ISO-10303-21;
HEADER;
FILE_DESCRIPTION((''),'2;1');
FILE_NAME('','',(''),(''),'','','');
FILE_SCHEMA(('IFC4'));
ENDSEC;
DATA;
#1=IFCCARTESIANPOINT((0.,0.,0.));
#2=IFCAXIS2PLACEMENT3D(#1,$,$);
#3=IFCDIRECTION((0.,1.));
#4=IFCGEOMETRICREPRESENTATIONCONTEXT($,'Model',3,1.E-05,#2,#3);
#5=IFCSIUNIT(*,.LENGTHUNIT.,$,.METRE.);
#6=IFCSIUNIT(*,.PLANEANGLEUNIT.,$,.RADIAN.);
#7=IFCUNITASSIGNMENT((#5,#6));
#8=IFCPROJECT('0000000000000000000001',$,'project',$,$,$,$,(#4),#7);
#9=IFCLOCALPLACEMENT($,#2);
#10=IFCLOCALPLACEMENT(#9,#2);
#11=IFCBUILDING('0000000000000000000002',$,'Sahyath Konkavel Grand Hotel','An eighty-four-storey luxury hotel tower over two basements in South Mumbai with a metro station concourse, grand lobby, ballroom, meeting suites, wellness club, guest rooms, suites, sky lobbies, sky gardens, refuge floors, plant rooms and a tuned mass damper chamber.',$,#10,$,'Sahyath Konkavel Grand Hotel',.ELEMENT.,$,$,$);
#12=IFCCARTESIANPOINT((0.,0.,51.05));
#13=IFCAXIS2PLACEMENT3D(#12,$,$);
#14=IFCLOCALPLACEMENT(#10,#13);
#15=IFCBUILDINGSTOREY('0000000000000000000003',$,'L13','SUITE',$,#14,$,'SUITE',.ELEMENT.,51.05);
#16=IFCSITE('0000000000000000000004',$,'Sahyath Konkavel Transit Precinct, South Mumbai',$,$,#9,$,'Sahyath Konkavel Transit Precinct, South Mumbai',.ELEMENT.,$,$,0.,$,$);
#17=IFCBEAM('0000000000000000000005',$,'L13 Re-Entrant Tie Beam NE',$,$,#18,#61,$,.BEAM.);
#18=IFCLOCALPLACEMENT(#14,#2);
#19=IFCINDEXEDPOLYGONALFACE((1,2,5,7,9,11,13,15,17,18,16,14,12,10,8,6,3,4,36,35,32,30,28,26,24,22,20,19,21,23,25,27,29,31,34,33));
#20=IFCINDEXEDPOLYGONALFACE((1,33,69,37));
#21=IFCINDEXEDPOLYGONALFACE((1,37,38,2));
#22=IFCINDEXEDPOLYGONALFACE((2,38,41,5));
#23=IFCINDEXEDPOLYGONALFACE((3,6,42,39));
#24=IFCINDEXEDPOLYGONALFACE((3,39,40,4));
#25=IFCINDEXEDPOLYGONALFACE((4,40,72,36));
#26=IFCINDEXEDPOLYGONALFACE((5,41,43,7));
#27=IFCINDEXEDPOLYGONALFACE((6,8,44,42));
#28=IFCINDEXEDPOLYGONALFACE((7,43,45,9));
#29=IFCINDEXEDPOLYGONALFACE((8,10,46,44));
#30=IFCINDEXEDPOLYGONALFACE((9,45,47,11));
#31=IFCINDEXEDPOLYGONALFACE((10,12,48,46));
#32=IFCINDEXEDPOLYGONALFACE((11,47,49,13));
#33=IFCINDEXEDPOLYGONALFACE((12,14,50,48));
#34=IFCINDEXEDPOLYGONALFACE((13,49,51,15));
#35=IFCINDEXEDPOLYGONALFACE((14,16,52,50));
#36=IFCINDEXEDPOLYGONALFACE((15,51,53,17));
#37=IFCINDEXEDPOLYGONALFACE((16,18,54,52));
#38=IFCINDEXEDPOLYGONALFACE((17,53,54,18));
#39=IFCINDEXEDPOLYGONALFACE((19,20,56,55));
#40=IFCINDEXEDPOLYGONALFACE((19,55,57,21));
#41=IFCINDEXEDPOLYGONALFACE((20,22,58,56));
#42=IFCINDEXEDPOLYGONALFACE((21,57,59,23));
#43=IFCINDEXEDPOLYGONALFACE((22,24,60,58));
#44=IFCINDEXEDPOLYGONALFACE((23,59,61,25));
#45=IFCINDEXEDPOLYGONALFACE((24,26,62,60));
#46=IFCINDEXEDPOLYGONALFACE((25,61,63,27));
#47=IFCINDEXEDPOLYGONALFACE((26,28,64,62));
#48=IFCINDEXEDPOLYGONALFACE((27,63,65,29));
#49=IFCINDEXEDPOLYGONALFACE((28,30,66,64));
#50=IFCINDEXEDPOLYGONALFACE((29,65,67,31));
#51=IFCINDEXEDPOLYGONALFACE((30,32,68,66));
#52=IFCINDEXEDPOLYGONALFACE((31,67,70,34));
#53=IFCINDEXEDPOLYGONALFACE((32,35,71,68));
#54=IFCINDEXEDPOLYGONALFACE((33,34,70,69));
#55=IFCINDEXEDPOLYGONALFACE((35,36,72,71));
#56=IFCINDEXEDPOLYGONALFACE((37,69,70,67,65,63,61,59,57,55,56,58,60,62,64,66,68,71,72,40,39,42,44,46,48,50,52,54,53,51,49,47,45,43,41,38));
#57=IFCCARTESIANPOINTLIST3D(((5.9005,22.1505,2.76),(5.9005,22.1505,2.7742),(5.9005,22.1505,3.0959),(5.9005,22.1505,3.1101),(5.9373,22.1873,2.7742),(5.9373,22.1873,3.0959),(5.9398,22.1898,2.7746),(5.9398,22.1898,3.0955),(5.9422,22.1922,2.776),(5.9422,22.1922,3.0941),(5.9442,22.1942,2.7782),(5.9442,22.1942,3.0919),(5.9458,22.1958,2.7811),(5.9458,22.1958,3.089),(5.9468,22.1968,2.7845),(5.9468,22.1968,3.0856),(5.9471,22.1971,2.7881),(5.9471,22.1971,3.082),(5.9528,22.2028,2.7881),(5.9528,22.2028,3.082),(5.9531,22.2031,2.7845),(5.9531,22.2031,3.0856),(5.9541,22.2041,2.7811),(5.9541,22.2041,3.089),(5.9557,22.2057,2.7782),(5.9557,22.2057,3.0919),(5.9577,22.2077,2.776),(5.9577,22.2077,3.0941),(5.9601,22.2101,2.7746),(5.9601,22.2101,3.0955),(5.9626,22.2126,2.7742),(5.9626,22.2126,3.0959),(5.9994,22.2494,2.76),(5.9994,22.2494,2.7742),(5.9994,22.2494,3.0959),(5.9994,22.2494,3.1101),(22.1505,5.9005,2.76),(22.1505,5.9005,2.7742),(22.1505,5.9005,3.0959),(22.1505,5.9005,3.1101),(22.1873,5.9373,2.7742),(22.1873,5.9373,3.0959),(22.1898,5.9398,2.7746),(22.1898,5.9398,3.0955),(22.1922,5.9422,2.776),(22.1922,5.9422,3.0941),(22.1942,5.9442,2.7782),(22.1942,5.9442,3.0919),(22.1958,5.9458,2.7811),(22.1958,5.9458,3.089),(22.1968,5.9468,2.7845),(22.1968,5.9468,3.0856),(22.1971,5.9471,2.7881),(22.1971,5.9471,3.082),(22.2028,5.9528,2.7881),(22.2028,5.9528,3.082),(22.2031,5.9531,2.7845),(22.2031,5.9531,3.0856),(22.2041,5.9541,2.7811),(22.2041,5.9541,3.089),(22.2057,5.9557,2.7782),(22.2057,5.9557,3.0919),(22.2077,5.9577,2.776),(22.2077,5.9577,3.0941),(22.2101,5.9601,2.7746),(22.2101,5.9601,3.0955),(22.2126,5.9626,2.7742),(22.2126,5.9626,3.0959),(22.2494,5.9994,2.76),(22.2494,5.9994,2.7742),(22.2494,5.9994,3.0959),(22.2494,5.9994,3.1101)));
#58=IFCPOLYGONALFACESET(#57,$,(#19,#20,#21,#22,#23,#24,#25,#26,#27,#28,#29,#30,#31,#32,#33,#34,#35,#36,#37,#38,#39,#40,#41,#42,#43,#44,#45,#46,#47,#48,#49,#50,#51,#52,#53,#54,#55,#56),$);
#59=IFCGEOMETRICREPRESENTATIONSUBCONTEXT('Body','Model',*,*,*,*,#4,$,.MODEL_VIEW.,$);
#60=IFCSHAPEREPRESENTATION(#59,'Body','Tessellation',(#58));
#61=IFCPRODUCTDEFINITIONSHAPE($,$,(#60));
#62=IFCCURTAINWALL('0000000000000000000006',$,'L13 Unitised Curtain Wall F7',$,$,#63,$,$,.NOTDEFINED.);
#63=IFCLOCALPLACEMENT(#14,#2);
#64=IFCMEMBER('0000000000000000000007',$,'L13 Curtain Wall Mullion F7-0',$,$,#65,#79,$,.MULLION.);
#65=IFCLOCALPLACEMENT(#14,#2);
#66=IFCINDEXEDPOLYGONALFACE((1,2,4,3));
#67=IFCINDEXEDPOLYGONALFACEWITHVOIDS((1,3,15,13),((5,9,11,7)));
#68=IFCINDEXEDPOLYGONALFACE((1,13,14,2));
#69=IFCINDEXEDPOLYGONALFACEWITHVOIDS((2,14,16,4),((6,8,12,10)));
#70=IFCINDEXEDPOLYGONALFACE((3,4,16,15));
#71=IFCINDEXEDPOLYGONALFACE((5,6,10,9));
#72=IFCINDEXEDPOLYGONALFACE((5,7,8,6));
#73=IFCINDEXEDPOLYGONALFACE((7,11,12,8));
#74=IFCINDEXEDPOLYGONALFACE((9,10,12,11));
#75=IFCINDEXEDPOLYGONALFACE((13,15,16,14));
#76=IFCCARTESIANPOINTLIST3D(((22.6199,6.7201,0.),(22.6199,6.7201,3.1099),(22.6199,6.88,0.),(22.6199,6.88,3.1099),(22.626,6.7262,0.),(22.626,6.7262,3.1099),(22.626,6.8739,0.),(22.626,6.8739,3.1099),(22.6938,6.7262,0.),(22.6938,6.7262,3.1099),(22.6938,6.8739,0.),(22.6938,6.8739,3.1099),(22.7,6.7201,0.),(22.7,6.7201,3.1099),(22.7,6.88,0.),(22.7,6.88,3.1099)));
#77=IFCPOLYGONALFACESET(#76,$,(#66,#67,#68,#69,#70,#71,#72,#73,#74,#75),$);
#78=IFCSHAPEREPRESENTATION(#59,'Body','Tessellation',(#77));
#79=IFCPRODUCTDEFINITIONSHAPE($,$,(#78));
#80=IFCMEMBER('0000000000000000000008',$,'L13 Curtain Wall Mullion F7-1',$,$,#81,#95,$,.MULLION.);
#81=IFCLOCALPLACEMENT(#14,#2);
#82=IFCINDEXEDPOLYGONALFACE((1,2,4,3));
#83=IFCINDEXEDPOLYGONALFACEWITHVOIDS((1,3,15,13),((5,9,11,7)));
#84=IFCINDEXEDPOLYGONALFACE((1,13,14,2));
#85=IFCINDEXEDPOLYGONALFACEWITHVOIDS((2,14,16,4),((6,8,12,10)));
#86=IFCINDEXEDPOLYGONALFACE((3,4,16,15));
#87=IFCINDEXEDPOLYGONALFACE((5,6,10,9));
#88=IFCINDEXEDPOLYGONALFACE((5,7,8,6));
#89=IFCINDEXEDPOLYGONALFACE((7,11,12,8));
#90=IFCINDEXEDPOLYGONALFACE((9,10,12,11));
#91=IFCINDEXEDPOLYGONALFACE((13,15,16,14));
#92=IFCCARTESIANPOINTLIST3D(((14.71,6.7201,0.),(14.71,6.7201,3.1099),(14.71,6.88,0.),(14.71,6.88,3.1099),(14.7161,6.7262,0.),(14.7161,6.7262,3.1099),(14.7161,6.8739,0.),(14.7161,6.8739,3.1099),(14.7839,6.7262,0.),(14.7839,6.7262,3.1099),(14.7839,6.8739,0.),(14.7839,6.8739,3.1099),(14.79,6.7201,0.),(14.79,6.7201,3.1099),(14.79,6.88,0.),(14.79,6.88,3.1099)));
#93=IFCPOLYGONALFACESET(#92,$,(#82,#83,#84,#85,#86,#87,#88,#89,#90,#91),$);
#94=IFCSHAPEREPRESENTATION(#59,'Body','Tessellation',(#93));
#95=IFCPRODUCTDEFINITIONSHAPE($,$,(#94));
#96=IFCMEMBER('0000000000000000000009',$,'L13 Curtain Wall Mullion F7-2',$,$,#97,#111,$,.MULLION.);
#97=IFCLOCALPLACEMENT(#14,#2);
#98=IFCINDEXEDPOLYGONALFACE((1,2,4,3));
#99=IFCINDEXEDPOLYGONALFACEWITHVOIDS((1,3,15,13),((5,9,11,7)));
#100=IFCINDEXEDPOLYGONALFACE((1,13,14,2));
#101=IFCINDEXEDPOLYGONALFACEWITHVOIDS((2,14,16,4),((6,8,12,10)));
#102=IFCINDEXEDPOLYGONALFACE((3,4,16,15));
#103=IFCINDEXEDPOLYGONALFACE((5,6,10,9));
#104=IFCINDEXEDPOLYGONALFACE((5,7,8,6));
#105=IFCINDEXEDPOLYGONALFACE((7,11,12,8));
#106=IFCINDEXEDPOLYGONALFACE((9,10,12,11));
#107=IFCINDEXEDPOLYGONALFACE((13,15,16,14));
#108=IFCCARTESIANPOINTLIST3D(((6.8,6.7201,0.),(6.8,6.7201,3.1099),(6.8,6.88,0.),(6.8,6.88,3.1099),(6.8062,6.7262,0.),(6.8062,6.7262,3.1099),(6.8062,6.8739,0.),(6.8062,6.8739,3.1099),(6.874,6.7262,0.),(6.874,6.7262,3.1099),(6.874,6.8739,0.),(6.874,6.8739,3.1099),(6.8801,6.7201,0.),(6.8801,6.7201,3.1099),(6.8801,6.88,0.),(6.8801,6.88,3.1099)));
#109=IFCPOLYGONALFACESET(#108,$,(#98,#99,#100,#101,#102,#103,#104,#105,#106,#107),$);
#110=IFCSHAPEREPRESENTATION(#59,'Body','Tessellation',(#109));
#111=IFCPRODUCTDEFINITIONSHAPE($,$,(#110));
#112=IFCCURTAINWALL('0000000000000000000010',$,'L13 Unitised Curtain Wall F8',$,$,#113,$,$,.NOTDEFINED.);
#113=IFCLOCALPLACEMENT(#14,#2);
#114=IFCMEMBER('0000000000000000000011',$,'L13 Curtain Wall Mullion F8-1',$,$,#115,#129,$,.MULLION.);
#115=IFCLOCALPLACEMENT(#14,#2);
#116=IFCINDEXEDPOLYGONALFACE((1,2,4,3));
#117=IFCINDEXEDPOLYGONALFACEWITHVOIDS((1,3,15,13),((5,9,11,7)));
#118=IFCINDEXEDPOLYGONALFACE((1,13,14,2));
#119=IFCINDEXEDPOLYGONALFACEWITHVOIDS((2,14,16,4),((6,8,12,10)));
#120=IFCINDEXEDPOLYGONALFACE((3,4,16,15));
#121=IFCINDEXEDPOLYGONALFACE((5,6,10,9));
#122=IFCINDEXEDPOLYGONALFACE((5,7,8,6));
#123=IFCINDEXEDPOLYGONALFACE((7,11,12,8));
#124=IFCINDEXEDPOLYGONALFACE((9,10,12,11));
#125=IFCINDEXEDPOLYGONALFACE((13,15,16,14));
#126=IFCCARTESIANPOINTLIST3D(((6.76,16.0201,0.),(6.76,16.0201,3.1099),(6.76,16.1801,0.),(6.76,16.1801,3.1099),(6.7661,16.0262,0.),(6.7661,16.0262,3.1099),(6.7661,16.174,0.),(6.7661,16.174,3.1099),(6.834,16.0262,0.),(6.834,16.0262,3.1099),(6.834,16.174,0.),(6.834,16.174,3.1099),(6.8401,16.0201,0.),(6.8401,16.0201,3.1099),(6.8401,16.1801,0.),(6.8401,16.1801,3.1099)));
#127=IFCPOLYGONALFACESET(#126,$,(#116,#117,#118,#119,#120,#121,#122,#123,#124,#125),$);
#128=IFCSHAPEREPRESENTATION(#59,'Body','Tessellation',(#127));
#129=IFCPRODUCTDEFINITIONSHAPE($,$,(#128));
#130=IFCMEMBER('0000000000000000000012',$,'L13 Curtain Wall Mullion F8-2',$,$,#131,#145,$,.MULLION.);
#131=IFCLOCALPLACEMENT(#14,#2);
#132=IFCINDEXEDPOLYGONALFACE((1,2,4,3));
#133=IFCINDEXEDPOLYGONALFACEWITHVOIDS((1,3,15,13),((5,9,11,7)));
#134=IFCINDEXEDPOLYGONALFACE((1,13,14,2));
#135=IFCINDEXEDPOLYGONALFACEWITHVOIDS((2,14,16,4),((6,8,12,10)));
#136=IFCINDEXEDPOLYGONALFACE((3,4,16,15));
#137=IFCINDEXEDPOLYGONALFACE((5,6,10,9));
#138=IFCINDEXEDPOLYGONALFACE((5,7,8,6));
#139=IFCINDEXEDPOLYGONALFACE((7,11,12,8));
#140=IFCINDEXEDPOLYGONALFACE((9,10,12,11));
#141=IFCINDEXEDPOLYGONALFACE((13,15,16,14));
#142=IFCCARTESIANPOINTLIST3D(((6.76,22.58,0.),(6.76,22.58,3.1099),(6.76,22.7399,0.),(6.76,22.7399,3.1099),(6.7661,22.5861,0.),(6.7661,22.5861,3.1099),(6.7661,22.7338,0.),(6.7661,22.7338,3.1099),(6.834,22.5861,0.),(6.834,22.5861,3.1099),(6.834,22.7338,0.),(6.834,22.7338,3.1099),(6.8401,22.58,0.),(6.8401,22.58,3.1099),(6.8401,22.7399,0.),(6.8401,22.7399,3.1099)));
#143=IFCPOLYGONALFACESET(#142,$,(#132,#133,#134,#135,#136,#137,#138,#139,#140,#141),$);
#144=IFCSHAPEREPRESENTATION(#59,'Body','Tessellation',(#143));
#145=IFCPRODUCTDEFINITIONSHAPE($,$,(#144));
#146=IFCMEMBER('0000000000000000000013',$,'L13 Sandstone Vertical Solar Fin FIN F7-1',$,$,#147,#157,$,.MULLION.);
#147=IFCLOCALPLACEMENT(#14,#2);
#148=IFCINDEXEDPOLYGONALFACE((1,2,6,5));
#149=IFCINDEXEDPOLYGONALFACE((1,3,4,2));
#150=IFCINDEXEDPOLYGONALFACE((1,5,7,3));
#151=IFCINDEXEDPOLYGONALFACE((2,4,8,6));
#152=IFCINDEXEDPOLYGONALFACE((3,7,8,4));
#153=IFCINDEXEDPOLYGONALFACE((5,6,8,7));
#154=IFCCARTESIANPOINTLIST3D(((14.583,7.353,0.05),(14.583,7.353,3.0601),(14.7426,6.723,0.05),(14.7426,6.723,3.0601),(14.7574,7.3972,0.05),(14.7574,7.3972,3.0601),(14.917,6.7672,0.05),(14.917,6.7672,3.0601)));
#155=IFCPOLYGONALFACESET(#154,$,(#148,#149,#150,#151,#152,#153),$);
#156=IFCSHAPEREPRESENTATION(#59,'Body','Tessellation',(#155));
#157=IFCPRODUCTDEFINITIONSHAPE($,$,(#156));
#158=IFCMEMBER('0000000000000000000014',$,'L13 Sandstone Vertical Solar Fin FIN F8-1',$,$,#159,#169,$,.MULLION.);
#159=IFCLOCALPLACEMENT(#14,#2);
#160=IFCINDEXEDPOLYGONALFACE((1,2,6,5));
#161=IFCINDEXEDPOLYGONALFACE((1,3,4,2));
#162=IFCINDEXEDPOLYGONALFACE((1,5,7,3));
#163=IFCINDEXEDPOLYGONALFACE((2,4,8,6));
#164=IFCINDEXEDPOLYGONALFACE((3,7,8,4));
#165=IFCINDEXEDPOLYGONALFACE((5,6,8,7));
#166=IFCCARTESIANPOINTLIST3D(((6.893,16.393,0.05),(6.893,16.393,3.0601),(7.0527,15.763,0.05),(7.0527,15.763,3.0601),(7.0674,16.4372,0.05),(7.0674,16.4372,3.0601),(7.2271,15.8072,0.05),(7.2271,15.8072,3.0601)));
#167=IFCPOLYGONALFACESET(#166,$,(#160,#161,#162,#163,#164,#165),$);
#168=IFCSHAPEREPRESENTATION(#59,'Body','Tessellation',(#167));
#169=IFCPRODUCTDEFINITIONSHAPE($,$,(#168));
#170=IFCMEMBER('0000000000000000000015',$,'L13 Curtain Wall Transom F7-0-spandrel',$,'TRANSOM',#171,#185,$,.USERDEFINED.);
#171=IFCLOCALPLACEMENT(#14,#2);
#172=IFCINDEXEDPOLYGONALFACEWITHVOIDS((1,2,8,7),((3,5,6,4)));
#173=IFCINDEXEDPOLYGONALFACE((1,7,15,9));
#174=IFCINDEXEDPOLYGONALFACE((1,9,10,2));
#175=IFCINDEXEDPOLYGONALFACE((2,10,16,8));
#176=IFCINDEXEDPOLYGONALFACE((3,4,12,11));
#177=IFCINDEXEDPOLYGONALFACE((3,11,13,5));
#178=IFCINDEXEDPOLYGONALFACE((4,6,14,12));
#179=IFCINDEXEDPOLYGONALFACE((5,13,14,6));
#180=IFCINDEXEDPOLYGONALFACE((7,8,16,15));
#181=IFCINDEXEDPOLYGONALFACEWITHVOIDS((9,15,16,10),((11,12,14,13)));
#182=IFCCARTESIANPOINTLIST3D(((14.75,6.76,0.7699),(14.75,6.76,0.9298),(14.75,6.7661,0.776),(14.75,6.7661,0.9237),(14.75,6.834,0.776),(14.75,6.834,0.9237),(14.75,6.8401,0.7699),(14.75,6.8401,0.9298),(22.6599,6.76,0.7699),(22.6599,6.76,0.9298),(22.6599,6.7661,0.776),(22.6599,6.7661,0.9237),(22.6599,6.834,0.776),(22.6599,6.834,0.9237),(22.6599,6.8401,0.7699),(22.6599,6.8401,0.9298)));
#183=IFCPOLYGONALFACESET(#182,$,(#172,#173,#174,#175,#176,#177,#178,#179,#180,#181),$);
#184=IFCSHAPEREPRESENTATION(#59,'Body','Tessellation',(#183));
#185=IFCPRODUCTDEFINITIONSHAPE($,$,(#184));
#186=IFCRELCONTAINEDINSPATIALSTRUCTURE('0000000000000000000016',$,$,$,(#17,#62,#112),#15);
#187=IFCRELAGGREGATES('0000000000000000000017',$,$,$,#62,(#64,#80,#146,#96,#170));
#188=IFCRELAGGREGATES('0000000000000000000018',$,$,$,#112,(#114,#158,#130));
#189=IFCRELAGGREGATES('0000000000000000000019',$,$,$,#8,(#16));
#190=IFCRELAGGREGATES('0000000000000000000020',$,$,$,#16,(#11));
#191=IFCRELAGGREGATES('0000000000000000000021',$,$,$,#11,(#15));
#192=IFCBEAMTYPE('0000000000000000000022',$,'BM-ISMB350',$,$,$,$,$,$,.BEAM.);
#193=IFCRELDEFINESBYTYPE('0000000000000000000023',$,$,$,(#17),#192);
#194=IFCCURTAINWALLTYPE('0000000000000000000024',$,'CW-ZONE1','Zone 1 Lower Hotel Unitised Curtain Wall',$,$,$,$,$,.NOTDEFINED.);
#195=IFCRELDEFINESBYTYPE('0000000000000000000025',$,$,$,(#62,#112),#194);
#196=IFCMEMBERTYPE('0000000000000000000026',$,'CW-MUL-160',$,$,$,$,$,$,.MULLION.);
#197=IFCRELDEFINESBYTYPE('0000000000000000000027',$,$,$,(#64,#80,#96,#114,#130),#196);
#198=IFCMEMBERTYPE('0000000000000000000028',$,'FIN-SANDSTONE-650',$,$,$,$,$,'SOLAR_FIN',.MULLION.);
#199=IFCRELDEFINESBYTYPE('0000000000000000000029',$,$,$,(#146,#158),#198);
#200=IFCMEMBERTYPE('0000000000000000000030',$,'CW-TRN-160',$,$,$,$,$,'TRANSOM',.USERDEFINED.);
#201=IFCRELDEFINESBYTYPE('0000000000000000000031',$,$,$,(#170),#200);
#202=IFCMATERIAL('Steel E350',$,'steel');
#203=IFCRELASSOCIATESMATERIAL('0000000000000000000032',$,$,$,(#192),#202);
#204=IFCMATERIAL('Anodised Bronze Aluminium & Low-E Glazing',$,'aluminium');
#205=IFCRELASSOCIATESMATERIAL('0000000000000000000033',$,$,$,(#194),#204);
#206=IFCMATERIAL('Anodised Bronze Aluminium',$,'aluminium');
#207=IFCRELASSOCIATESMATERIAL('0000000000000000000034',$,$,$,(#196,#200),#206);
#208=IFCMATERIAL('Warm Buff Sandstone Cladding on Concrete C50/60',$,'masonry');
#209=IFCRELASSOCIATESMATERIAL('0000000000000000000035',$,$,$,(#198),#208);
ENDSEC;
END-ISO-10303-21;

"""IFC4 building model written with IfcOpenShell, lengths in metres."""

from ifc_helpers import new_model, si_unit, direction, frame, origin, origin_2d, place, context, subcontext, project, spatial, rectangle, hollow_rectangle, i_section, extrude, source, transform, mapped, material, material_profile, profile_set, type_object, element, aggregate, save


model = new_model("IFC4")

# Units and contexts
model_context = context("Model", 3, precision=1e-05, world=origin(), true_north=direction((0.0, 1.0)))
body_context = subcontext(model_context, "Body", "Model", "MODEL_VIEW")
ifc_project = project(units=[si_unit("LENGTHUNIT", "METRE"), si_unit("PLANEANGLEUNIT", "RADIAN")], contexts=[model_context])

# Site, building, storey
site_placement = place(None, origin())
site = spatial("IfcSite", under=ifc_project, at=site_placement, Name="Sahyath Konkavel Transit Precinct, South Mumbai", LongName="Sahyath Konkavel Transit Precinct, South Mumbai", CompositionType="ELEMENT", RefElevation=0.0)
building_placement = place(site_placement, origin())
building = spatial("IfcBuilding", under=site, at=building_placement, Name="Sahyath Konkavel Grand Hotel", Description="An eighty-four-storey luxury hotel tower over two basements in South Mumbai with a metro station concourse, grand lobby, ballroom, meeting suites, wellness club, guest rooms, suites, sky lobbies, sky gardens, refuge floors, plant rooms and a tuned mass damper chamber.", LongName="Sahyath Konkavel Grand Hotel", CompositionType="ELEMENT")
storey_placement = place(building_placement, frame((0.0, 0.0, 51.05)))
storey = spatial("IfcBuildingStorey", under=building, at=storey_placement, Name="L13", Description="SUITE", LongName="SUITE", CompositionType="ELEMENT", Elevation=51.05)

# Beam
ifc_material_1 = material(Name="Steel E350", Category="steel")
ifc_material_profile_1 = material_profile(ifc_material_1, i_section(OverallWidth=0.1399, OverallDepth=0.3501, WebThickness=0.0081, FlangeThickness=0.0142, FilletRadius=0.0139, at=origin_2d()), Name="ISMB 350")
ifc_profile_set_1 = profile_set([ifc_material_profile_1], Name="Steel E350")
beam_type = type_object("IfcBeamType", Name="BM-ISMB350", PredefinedType="BEAM", material=ifc_profile_set_1)
shared_shape_1 = source(origin(), body_context, "Body", "SweptSolid", [
    extrude(i_section(OverallWidth=0.1399, OverallDepth=0.3501, WebThickness=0.0081, FlangeThickness=0.0142, FilletRadius=0.0139, at=origin_2d()), origin(), (0.0, 0.0, 1.0), 22.981),
])
beam_placement = place(storey_placement, frame((22.2, 5.95, 2.9351), z_axis=(-0.707107, 0.707107, 0.0), x_axis=(-0.707107, -0.707107, 0.0)))
element("IfcBeam", 1, at=beam_placement, inside=storey, type_object=beam_type, Name="L13 Re-Entrant Tie Beam NE", PredefinedType="BEAM", context=body_context, shape_type="MappedRepresentation", body=[
    mapped(shared_shape_1, transform((0.0, 0.0, 0.0), scale=1.0)),
])

# Curtain walls, members
ifc_material_2 = material(Name="Anodised Bronze Aluminium & Low-E Glazing", Category="aluminium")
curtain_wall_type = type_object("IfcCurtainWallType", Name="CW-ZONE1", Description="Zone 1 Lower Hotel Unitised Curtain Wall", PredefinedType="NOTDEFINED", material=ifc_material_2)
curtain_wall_1_placement = place(storey_placement, origin())
curtain_wall_1 = element("IfcCurtainWall", 2, at=curtain_wall_1_placement, inside=storey, type_object=curtain_wall_type, Name="L13 Unitised Curtain Wall F7", PredefinedType="NOTDEFINED")
ifc_material_3 = material(Name="Anodised Bronze Aluminium", Category="aluminium")
ifc_material_profile_2 = material_profile(ifc_material_3, hollow_rectangle(XDim=0.0801, YDim=0.1599, WallThickness=0.0061, at=origin_2d()), Name="RHS 160x80x6")
ifc_profile_set_2 = profile_set([ifc_material_profile_2], Name="Anodised Bronze Aluminium")
member_type_1 = type_object("IfcMemberType", Name="CW-MUL-160", PredefinedType="MULLION", material=ifc_profile_set_2)
shared_shape_2 = source(origin(), body_context, "Body", "SweptSolid", [
    extrude(hollow_rectangle(XDim=0.0801, YDim=0.1599, WallThickness=0.0061, at=origin_2d()), origin(), (0.0, 0.0, 1.0), 3.1099),
])
member_1_placement = place(storey_placement, frame((22.6599, 6.8, 0.0), z_axis=(0.0, 0.0, 1.0), x_axis=(1.0, 0.0, 0.0)))
member_1 = element("IfcMember", 3, at=member_1_placement, type_object=member_type_1, Name="L13 Curtain Wall Mullion F7-0", PredefinedType="MULLION", context=body_context, shape_type="MappedRepresentation", body=[
    mapped(shared_shape_2, transform((0.0, 0.0, 0.0), scale=1.0)),
])
member_2_placement = place(storey_placement, frame((14.75, 6.8, 0.0), z_axis=(0.0, 0.0, 1.0), x_axis=(1.0, 0.0, 0.0)))
member_2 = element("IfcMember", 4, at=member_2_placement, type_object=member_type_1, Name="L13 Curtain Wall Mullion F7-1", PredefinedType="MULLION", context=body_context, shape_type="MappedRepresentation", body=[
    mapped(shared_shape_2, transform((0.0, 0.0, 0.0), scale=1.0)),
])
member_3_placement = place(storey_placement, frame((6.8401, 6.8, 0.0), z_axis=(0.0, 0.0, 1.0), x_axis=(1.0, 0.0, 0.0)))
member_3 = element("IfcMember", 5, at=member_3_placement, type_object=member_type_1, Name="L13 Curtain Wall Mullion F7-2", PredefinedType="MULLION", context=body_context, shape_type="MappedRepresentation", body=[
    mapped(shared_shape_2, transform((0.0, 0.0, 0.0), scale=1.0)),
])
curtain_wall_2_placement = place(storey_placement, origin())
curtain_wall_2 = element("IfcCurtainWall", 6, at=curtain_wall_2_placement, inside=storey, type_object=curtain_wall_type, Name="L13 Unitised Curtain Wall F8", PredefinedType="NOTDEFINED")
member_4_placement = place(storey_placement, frame((6.8, 16.1001, 0.0), z_axis=(0.0, 0.0, 1.0), x_axis=(1.0, 0.0, 0.0)))
member_4 = element("IfcMember", 7, at=member_4_placement, type_object=member_type_1, Name="L13 Curtain Wall Mullion F8-1", PredefinedType="MULLION", context=body_context, shape_type="MappedRepresentation", body=[
    mapped(shared_shape_2, transform((0.0, 0.0, 0.0), scale=1.0)),
])
member_5_placement = place(storey_placement, frame((6.8, 22.6599, 0.0), z_axis=(0.0, 0.0, 1.0), x_axis=(1.0, 0.0, 0.0)))
member_5 = element("IfcMember", 8, at=member_5_placement, type_object=member_type_1, Name="L13 Curtain Wall Mullion F8-2", PredefinedType="MULLION", context=body_context, shape_type="MappedRepresentation", body=[
    mapped(shared_shape_2, transform((0.0, 0.0, 0.0), scale=1.0)),
])

# Members
ifc_material_4 = material(Name="Warm Buff Sandstone Cladding on Concrete C50/60", Category="masonry")
ifc_material_profile_3 = material_profile(ifc_material_4, rectangle(XDim=0.1799, YDim=0.6499, at=origin_2d()), Name="FIN 180x650")
ifc_profile_set_3 = profile_set([ifc_material_profile_3], Name="Warm Buff Sandstone Cladding on Concrete C50/60")
member_type_2 = type_object("IfcMemberType", Name="FIN-SANDSTONE-650", ElementType="SOLAR_FIN", PredefinedType="MULLION", material=ifc_profile_set_3)
shared_shape_3 = source(origin(), body_context, "Body", "SweptSolid", [
    extrude(rectangle(XDim=0.1799, YDim=0.6499, at=origin_2d()), origin(), (0.0, 0.0, 1.0), 3.01),
])
member_6_placement = place(storey_placement, frame((14.75, 7.0601, 0.05), z_axis=(0.0, 0.0, 1.0), x_axis=(0.96936, 0.245646, 0.0)))
member_6 = element("IfcMember", 9, at=member_6_placement, type_object=member_type_2, Name="L13 Sandstone Vertical Solar Fin FIN F7-1", PredefinedType="MULLION", context=body_context, shape_type="MappedRepresentation", body=[
    mapped(shared_shape_3, transform((0.0, 0.0, 0.0), scale=1.0)),
])
member_7_placement = place(storey_placement, frame((7.0601, 16.1001, 0.05), z_axis=(0.0, 0.0, 1.0), x_axis=(0.96936, 0.245646, 0.0)))
member_7 = element("IfcMember", 10, at=member_7_placement, type_object=member_type_2, Name="L13 Sandstone Vertical Solar Fin FIN F8-1", PredefinedType="MULLION", context=body_context, shape_type="MappedRepresentation", body=[
    mapped(shared_shape_3, transform((0.0, 0.0, 0.0), scale=1.0)),
])
ifc_material_profile_4 = material_profile(ifc_material_3, hollow_rectangle(XDim=0.0801, YDim=0.1599, WallThickness=0.0061, at=origin_2d()), Name="RHS 160x80x6")
ifc_profile_set_4 = profile_set([ifc_material_profile_4], Name="Anodised Bronze Aluminium")
member_type_3 = type_object("IfcMemberType", Name="CW-TRN-160", ElementType="TRANSOM", PredefinedType="USERDEFINED", material=ifc_profile_set_4)
shared_shape_4 = source(origin(), body_context, "Body", "SweptSolid", [
    extrude(hollow_rectangle(XDim=0.0801, YDim=0.1599, WallThickness=0.0061, at=origin_2d()), origin(), (0.0, 0.0, 1.0), 7.9099),
])
member_8_placement = place(storey_placement, frame((22.6599, 6.8, 0.8499), z_axis=(-1.0, 0.0, 0.0), x_axis=(0.0, -1.0, 0.0)))
member_8 = element("IfcMember", 11, at=member_8_placement, type_object=member_type_3, Name="L13 Curtain Wall Transom F7-0-spandrel", ObjectType="TRANSOM", PredefinedType="USERDEFINED", context=body_context, shape_type="MappedRepresentation", body=[
    mapped(shared_shape_4, transform((0.0, 0.0, 0.0), scale=1.0)),
])

aggregate(curtain_wall_1, [member_1, member_2, member_6, member_3, member_8])
aggregate(curtain_wall_2, [member_4, member_7, member_5])

save(model, "model.ifc")
